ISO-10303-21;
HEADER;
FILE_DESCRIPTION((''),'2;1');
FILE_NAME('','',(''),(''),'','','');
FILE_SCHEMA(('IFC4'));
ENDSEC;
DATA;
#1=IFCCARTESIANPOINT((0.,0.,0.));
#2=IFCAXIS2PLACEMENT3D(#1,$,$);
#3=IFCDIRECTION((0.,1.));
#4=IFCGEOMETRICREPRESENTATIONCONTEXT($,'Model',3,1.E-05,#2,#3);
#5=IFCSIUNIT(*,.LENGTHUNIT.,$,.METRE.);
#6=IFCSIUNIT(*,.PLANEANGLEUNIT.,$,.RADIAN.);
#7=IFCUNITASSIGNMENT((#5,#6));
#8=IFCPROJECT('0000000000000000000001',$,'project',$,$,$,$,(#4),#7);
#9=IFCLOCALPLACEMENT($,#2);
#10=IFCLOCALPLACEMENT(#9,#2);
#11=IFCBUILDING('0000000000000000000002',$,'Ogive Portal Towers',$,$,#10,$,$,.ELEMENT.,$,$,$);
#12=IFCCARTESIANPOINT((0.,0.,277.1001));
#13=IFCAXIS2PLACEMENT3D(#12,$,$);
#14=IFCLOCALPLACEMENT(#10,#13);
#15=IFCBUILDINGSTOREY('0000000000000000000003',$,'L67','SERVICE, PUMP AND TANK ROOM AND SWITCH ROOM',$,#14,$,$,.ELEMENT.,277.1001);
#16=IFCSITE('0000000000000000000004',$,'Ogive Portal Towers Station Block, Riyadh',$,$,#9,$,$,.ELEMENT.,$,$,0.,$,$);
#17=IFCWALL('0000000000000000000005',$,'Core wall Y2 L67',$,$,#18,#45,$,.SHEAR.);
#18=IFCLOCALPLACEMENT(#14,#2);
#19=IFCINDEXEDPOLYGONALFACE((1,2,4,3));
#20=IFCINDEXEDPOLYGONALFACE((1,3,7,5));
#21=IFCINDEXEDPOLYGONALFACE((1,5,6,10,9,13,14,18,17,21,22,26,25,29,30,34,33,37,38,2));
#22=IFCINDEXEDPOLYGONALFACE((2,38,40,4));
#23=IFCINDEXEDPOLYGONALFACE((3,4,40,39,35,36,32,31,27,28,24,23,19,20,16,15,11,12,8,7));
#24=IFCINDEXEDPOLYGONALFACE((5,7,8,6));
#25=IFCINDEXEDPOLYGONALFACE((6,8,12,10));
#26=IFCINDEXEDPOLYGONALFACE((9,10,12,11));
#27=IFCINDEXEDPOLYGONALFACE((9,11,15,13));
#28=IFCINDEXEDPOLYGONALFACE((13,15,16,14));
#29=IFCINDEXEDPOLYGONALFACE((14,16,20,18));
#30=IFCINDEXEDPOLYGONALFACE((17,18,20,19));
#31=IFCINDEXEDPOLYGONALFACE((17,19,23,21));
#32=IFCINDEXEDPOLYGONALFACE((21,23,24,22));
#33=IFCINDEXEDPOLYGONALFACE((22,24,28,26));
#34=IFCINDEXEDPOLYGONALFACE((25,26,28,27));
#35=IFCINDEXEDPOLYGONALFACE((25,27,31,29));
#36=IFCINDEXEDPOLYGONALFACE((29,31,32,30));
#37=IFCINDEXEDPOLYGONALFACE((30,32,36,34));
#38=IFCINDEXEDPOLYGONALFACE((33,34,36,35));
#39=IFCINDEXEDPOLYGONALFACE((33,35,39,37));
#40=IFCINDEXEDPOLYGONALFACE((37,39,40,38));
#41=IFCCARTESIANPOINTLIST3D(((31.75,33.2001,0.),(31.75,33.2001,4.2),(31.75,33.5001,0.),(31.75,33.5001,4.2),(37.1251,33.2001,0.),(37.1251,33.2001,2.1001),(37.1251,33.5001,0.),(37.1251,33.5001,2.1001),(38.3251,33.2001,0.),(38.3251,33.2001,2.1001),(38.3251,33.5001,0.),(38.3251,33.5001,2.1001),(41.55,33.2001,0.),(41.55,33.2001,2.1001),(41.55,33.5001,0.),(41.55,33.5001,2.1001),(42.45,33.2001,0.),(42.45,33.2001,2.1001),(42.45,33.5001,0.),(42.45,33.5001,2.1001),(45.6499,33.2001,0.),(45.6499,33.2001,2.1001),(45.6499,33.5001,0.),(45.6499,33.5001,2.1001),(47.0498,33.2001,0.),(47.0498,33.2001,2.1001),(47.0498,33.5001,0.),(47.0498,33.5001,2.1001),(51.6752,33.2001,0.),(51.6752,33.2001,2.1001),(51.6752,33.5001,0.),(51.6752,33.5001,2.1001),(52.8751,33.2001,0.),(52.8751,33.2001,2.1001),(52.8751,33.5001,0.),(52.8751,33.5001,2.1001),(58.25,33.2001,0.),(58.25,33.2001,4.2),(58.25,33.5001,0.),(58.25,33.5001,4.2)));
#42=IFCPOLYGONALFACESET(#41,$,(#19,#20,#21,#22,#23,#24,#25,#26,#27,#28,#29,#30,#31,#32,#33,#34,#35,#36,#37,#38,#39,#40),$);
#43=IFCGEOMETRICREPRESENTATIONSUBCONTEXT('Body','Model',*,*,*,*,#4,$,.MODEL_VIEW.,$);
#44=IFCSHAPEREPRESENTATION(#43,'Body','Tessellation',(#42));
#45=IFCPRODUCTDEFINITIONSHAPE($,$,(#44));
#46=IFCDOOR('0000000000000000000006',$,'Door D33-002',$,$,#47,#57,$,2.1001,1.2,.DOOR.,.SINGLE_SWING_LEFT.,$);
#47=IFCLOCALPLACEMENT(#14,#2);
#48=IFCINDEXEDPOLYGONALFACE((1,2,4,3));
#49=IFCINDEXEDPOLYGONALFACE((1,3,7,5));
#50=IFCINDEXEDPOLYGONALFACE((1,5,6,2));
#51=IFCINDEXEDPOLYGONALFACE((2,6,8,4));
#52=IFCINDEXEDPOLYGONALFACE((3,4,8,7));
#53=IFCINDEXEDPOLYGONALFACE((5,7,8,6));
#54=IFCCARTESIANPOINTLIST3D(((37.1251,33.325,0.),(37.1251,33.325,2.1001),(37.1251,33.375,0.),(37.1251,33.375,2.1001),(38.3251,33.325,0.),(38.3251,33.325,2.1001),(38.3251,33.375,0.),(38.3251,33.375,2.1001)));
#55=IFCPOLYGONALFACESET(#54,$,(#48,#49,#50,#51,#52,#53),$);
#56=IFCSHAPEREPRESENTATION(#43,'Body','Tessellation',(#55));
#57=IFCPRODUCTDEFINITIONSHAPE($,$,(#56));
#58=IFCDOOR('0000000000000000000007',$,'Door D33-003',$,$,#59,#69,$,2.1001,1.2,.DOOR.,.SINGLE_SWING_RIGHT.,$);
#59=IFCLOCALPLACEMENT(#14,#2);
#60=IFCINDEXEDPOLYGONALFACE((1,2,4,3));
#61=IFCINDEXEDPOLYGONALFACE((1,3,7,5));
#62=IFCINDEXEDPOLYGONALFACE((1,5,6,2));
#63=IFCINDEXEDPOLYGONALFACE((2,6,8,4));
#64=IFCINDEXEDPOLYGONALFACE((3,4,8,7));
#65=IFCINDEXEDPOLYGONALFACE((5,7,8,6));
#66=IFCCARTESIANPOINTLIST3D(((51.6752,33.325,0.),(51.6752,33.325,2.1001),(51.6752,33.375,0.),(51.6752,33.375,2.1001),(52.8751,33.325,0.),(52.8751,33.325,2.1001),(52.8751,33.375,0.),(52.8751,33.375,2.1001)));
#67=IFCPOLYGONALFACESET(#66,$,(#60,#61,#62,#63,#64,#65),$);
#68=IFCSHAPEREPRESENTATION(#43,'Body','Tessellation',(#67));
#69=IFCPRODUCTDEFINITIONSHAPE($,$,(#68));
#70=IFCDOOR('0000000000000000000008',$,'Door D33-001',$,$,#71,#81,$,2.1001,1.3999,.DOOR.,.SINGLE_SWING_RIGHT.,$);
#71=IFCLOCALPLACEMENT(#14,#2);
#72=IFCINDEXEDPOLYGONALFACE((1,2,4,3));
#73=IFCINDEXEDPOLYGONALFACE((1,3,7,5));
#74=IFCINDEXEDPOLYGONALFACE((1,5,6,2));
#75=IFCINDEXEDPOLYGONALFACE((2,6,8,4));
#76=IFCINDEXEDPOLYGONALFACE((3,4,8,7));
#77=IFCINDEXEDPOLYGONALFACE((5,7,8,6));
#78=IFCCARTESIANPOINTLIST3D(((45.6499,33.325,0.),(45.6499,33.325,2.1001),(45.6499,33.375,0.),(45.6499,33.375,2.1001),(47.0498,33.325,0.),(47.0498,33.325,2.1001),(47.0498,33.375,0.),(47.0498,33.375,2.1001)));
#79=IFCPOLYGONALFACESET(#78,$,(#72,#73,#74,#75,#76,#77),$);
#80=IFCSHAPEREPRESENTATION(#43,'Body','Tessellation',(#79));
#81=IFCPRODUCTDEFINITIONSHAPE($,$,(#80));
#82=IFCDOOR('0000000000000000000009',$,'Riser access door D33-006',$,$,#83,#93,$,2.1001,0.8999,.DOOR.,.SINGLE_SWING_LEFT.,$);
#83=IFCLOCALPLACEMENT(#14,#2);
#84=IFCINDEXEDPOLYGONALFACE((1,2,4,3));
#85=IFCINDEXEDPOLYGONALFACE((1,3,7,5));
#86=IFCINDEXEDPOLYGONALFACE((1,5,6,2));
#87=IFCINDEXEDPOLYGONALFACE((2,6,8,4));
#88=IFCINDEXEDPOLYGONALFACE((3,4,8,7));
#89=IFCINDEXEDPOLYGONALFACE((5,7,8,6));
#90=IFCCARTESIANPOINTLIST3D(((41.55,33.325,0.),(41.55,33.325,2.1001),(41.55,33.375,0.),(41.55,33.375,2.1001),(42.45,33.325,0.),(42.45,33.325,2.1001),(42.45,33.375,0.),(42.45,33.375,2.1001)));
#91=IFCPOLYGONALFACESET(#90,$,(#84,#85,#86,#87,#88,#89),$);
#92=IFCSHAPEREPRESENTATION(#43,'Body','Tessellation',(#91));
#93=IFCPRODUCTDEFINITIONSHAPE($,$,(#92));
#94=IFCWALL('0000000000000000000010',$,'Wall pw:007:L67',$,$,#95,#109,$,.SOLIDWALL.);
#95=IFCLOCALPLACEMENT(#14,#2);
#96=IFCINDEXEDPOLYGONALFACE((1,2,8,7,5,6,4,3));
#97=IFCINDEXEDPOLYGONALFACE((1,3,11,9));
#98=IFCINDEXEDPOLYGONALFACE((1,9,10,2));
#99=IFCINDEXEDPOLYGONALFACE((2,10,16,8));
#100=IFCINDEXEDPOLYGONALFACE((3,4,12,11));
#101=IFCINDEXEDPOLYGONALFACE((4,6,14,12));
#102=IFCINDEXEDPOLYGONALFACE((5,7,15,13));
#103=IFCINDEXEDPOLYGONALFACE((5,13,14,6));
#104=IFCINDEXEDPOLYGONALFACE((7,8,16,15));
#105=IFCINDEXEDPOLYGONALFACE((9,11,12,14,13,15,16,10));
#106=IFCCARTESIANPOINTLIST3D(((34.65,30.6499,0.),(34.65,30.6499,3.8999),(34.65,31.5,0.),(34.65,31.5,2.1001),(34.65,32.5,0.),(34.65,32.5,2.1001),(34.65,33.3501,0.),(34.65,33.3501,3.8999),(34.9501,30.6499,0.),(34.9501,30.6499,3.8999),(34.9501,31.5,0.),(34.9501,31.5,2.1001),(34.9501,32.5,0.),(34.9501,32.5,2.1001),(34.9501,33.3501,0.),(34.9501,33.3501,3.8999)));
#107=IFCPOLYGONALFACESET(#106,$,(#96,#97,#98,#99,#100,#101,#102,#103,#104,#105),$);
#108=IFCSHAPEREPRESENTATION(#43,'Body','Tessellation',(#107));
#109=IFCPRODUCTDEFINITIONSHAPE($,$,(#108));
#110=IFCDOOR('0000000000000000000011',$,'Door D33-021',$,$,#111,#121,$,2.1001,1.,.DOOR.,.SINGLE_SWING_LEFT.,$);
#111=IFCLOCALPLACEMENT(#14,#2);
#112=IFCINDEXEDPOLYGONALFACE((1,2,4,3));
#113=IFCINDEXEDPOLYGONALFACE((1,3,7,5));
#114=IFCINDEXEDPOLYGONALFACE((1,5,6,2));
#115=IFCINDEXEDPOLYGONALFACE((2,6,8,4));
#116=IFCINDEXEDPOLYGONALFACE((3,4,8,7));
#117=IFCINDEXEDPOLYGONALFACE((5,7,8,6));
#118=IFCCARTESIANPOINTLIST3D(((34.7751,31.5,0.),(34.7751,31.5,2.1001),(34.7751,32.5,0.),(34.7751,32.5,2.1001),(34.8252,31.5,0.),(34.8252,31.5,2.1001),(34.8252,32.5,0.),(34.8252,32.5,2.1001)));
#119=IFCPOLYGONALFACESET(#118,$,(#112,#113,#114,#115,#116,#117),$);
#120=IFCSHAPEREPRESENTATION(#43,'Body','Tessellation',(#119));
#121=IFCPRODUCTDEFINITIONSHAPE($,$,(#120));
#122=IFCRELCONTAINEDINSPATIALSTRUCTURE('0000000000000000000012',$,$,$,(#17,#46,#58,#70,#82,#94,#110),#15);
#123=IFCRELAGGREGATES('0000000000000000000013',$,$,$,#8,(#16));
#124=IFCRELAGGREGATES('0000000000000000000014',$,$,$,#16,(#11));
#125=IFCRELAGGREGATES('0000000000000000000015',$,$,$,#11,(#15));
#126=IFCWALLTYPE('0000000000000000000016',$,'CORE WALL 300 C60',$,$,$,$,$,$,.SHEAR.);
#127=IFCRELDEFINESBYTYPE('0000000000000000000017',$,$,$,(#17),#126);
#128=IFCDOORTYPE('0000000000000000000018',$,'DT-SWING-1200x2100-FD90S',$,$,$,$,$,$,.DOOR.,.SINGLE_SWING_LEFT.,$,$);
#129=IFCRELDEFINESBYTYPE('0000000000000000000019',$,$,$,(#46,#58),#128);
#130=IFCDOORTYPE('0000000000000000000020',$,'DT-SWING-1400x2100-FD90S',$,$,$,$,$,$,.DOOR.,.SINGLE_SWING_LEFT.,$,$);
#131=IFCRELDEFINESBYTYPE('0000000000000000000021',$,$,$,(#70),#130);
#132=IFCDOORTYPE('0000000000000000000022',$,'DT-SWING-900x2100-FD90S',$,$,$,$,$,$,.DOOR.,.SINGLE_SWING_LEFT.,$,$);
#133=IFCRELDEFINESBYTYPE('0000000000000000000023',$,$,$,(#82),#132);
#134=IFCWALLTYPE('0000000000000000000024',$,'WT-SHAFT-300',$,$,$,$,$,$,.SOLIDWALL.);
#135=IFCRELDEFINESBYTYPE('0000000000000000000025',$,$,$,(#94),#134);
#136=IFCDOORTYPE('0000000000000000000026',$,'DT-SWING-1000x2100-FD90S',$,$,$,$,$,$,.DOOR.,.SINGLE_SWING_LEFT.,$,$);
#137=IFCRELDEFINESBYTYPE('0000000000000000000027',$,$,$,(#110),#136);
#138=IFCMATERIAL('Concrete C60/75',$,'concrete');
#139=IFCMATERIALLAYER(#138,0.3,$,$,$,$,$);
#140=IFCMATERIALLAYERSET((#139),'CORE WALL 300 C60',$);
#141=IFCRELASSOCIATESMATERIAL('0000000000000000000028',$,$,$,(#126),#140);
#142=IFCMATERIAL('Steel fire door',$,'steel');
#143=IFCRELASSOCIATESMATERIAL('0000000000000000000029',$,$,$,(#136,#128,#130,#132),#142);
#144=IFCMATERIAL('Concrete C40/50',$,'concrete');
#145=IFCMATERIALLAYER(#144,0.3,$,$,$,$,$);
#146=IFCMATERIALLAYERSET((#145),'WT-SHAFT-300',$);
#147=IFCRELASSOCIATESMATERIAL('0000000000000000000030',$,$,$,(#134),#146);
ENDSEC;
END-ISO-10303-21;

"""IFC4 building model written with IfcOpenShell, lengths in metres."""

from ifc_helpers import new_model, si_unit, direction, frame, frame_2d, origin, place, context, subcontext, project, spatial, rectangle, extrude, material, layer, layer_set, type_object, element, fill, save


model = new_model("IFC4")

# Units and contexts
model_context = context("Model", 3, precision=1e-05, world=origin(), true_north=direction((0.0, 1.0)))
body_context = subcontext(model_context, "Body", "Model", "MODEL_VIEW")
ifc_project = project(units=[si_unit("LENGTHUNIT", "METRE"), si_unit("PLANEANGLEUNIT", "RADIAN")], contexts=[model_context])

# Site, building, storey
site_placement = place(None, origin())
site = spatial("IfcSite", under=ifc_project, at=site_placement, Name="Ogive Portal Towers Station Block, Riyadh", CompositionType="ELEMENT", RefElevation=0.0)
building_placement = place(site_placement, origin())
building = spatial("IfcBuilding", under=site, at=building_placement, Name="Ogive Portal Towers", CompositionType="ELEMENT")
storey_placement = place(building_placement, frame((0.0, 0.0, 277.1001)))
storey = spatial("IfcBuildingStorey", under=building, at=storey_placement, Name="L67", Description="SERVICE, PUMP AND TANK ROOM AND SWITCH ROOM", CompositionType="ELEMENT", Elevation=277.1001)

# Wall, openings, doors
ifc_material_1 = material(Name="Concrete C60/75", Category="concrete")
ifc_layer_1 = layer(ifc_material_1, 0.3)
ifc_layer_set_1 = layer_set([ifc_layer_1], Name="CORE WALL 300 C60")
wall_type_1 = type_object("IfcWallType", Name="CORE WALL 300 C60", PredefinedType="SHEAR", material=ifc_layer_set_1)
ifc_material_2 = material(Name="Steel fire door", Category="steel")
door_type_1 = type_object("IfcDoorType", Name="DT-SWING-1000x2100-FD90S", OperationType="SINGLE_SWING_LEFT", PredefinedType="DOOR", material=ifc_material_2)
wall_1_placement = place(storey_placement, frame((31.75, 33.3501, 0.0), z_axis=(0.0, 0.0, 1.0), x_axis=(1.0, 0.0, 0.0)))
wall_1 = element("IfcWall", 1, at=wall_1_placement, inside=storey, type_object=wall_type_1, Name="Core wall Y2 L67", PredefinedType="SHEAR", context=body_context, shape_type="SweptSolid", body=[
    extrude(rectangle(XDim=26.5, YDim=0.3, at=frame_2d((13.25, 0.0))), origin(), (0.0, 0.0, 1.0), 4.2),
])
opening_1_placement = place(wall_1_placement, frame((13.8999, 0.0, 0.0)))
opening_1 = element("IfcOpeningElement", 2, at=opening_1_placement, cuts=wall_1, PredefinedType="OPENING", context=body_context, shape_type="SweptSolid", body=[
    extrude(rectangle(XDim=1.3999, YDim=2.1001, at=frame_2d((0.7, 1.05))), frame((0.0, 0.1602, 0.0), z_axis=(0.0, -1.0, 0.0), x_axis=(1.0, 0.0, 0.0)), (0.0, 0.0, 1.0), 0.3201),
])
opening_2_placement = place(wall_1_placement, frame((5.375, 0.0, 0.0)))
opening_2 = element("IfcOpeningElement", 3, at=opening_2_placement, cuts=wall_1, PredefinedType="OPENING", context=body_context, shape_type="SweptSolid", body=[
    extrude(rectangle(XDim=1.2, YDim=2.1001, at=frame_2d((0.6001, 1.05))), frame((0.0, 0.1602, 0.0), z_axis=(0.0, -1.0, 0.0), x_axis=(1.0, 0.0, 0.0)), (0.0, 0.0, 1.0), 0.3201),
])
opening_3_placement = place(wall_1_placement, frame((19.925, 0.0, 0.0)))
opening_3 = element("IfcOpeningElement", 4, at=opening_3_placement, cuts=wall_1, PredefinedType="OPENING", context=body_context, shape_type="SweptSolid", body=[
    extrude(rectangle(XDim=1.2, YDim=2.1001, at=frame_2d((0.6001, 1.05))), frame((0.0, 0.1602, 0.0), z_axis=(0.0, -1.0, 0.0), x_axis=(1.0, 0.0, 0.0)), (0.0, 0.0, 1.0), 0.3201),
])
opening_4_placement = place(wall_1_placement, frame((9.8, 0.0, 0.0)))
opening_4 = element("IfcOpeningElement", 5, at=opening_4_placement, cuts=wall_1, PredefinedType="OPENING", context=body_context, shape_type="SweptSolid", body=[
    extrude(rectangle(XDim=0.8999, YDim=2.1001, at=frame_2d((0.45, 1.05))), frame((0.0, 0.1602, 0.0), z_axis=(0.0, -1.0, 0.0), x_axis=(1.0, 0.0, 0.0)), (0.0, 0.0, 1.0), 0.3201),
])
door_type_2 = type_object("IfcDoorType", Name="DT-SWING-1200x2100-FD90S", OperationType="SINGLE_SWING_LEFT", PredefinedType="DOOR", material=ifc_material_2)
door_1_placement = place(opening_2_placement, origin())
door_1 = element("IfcDoor", 6, at=door_1_placement, inside=storey, type_object=door_type_2, Name="Door D33-002", OperationType="SINGLE_SWING_LEFT", OverallHeight=2.1001, OverallWidth=1.2, PredefinedType="DOOR", context=body_context, shape_type="SweptSolid", body=[
    extrude(rectangle(XDim=1.2, YDim=2.1001, at=frame_2d((0.6001, 1.05))), frame((0.0, 0.0249, 0.0), z_axis=(0.0, -1.0, 0.0), x_axis=(1.0, 0.0, 0.0)), (0.0, 0.0, 1.0), 0.05),
])
fill(opening_2, door_1)
door_2_placement = place(opening_3_placement, origin())
door_2 = element("IfcDoor", 7, at=door_2_placement, inside=storey, type_object=door_type_2, Name="Door D33-003", OperationType="SINGLE_SWING_RIGHT", OverallHeight=2.1001, OverallWidth=1.2, PredefinedType="DOOR", context=body_context, shape_type="SweptSolid", body=[
    extrude(rectangle(XDim=1.2, YDim=2.1001, at=frame_2d((0.6001, 1.05))), frame((0.0, 0.0249, 0.0), z_axis=(0.0, -1.0, 0.0), x_axis=(1.0, 0.0, 0.0)), (0.0, 0.0, 1.0), 0.05),
])
fill(opening_3, door_2)
door_type_3 = type_object("IfcDoorType", Name="DT-SWING-1400x2100-FD90S", OperationType="SINGLE_SWING_LEFT", PredefinedType="DOOR", material=ifc_material_2)
door_3_placement = place(opening_1_placement, origin())
door_3 = element("IfcDoor", 8, at=door_3_placement, inside=storey, type_object=door_type_3, Name="Door D33-001", OperationType="SINGLE_SWING_RIGHT", OverallHeight=2.1001, OverallWidth=1.3999, PredefinedType="DOOR", context=body_context, shape_type="SweptSolid", body=[
    extrude(rectangle(XDim=1.3999, YDim=2.1001, at=frame_2d((0.7, 1.05))), frame((0.0, 0.0249, 0.0), z_axis=(0.0, -1.0, 0.0), x_axis=(1.0, 0.0, 0.0)), (0.0, 0.0, 1.0), 0.05),
])
fill(opening_1, door_3)
door_type_4 = type_object("IfcDoorType", Name="DT-SWING-900x2100-FD90S", OperationType="SINGLE_SWING_LEFT", PredefinedType="DOOR", material=ifc_material_2)
door_4_placement = place(opening_4_placement, origin())
door_4 = element("IfcDoor", 9, at=door_4_placement, inside=storey, type_object=door_type_4, Name="Riser access door D33-006", OperationType="SINGLE_SWING_LEFT", OverallHeight=2.1001, OverallWidth=0.8999, PredefinedType="DOOR", context=body_context, shape_type="SweptSolid", body=[
    extrude(rectangle(XDim=0.8999, YDim=2.1001, at=frame_2d((0.45, 1.05))), frame((0.0, 0.0249, 0.0), z_axis=(0.0, -1.0, 0.0), x_axis=(1.0, 0.0, 0.0)), (0.0, 0.0, 1.0), 0.05),
])
fill(opening_4, door_4)

# Wall, opening, door
ifc_material_3 = material(Name="Concrete C40/50", Category="concrete")
ifc_layer_2 = layer(ifc_material_3, 0.3)
ifc_layer_set_2 = layer_set([ifc_layer_2], Name="WT-SHAFT-300")
wall_type_2 = type_object("IfcWallType", Name="WT-SHAFT-300", PredefinedType="SOLIDWALL", material=ifc_layer_set_2)
wall_2_placement = place(storey_placement, frame((34.8, 30.6499, 0.0), z_axis=(0.0, 0.0, 1.0), x_axis=(0.0, 1.0, 0.0)))
wall_2 = element("IfcWall", 10, at=wall_2_placement, inside=storey, type_object=wall_type_2, Name="Wall pw:007:L67", PredefinedType="SOLIDWALL", context=body_context, shape_type="SweptSolid", body=[
    extrude(rectangle(XDim=2.7002, YDim=0.3, at=frame_2d((1.3501, 0.0))), origin(), (0.0, 0.0, 1.0), 3.8999),
])
opening_5_placement = place(wall_2_placement, frame((0.8501, 0.0, 0.0)))
opening_5 = element("IfcOpeningElement", 11, at=opening_5_placement, cuts=wall_2, PredefinedType="OPENING", context=body_context, shape_type="SweptSolid", body=[
    extrude(rectangle(XDim=1.0, YDim=2.1001, at=frame_2d((0.5, 1.05))), frame((0.0, 0.1602, 0.0), z_axis=(0.0, -1.0, 0.0), x_axis=(1.0, 0.0, 0.0)), (0.0, 0.0, 1.0), 0.3201),
])
door_5_placement = place(opening_5_placement, origin())
door_5 = element("IfcDoor", 12, at=door_5_placement, inside=storey, type_object=door_type_1, Name="Door D33-021", OperationType="SINGLE_SWING_LEFT", OverallHeight=2.1001, OverallWidth=1.0, PredefinedType="DOOR", context=body_context, shape_type="SweptSolid", body=[
    extrude(rectangle(XDim=1.0, YDim=2.1001, at=frame_2d((0.5, 1.05))), frame((0.0, 0.0249, 0.0), z_axis=(0.0, -1.0, 0.0), x_axis=(1.0, 0.0, 0.0)), (0.0, 0.0, 1.0), 0.05),
])
fill(opening_5, door_5)

save(model, "model.ifc")
